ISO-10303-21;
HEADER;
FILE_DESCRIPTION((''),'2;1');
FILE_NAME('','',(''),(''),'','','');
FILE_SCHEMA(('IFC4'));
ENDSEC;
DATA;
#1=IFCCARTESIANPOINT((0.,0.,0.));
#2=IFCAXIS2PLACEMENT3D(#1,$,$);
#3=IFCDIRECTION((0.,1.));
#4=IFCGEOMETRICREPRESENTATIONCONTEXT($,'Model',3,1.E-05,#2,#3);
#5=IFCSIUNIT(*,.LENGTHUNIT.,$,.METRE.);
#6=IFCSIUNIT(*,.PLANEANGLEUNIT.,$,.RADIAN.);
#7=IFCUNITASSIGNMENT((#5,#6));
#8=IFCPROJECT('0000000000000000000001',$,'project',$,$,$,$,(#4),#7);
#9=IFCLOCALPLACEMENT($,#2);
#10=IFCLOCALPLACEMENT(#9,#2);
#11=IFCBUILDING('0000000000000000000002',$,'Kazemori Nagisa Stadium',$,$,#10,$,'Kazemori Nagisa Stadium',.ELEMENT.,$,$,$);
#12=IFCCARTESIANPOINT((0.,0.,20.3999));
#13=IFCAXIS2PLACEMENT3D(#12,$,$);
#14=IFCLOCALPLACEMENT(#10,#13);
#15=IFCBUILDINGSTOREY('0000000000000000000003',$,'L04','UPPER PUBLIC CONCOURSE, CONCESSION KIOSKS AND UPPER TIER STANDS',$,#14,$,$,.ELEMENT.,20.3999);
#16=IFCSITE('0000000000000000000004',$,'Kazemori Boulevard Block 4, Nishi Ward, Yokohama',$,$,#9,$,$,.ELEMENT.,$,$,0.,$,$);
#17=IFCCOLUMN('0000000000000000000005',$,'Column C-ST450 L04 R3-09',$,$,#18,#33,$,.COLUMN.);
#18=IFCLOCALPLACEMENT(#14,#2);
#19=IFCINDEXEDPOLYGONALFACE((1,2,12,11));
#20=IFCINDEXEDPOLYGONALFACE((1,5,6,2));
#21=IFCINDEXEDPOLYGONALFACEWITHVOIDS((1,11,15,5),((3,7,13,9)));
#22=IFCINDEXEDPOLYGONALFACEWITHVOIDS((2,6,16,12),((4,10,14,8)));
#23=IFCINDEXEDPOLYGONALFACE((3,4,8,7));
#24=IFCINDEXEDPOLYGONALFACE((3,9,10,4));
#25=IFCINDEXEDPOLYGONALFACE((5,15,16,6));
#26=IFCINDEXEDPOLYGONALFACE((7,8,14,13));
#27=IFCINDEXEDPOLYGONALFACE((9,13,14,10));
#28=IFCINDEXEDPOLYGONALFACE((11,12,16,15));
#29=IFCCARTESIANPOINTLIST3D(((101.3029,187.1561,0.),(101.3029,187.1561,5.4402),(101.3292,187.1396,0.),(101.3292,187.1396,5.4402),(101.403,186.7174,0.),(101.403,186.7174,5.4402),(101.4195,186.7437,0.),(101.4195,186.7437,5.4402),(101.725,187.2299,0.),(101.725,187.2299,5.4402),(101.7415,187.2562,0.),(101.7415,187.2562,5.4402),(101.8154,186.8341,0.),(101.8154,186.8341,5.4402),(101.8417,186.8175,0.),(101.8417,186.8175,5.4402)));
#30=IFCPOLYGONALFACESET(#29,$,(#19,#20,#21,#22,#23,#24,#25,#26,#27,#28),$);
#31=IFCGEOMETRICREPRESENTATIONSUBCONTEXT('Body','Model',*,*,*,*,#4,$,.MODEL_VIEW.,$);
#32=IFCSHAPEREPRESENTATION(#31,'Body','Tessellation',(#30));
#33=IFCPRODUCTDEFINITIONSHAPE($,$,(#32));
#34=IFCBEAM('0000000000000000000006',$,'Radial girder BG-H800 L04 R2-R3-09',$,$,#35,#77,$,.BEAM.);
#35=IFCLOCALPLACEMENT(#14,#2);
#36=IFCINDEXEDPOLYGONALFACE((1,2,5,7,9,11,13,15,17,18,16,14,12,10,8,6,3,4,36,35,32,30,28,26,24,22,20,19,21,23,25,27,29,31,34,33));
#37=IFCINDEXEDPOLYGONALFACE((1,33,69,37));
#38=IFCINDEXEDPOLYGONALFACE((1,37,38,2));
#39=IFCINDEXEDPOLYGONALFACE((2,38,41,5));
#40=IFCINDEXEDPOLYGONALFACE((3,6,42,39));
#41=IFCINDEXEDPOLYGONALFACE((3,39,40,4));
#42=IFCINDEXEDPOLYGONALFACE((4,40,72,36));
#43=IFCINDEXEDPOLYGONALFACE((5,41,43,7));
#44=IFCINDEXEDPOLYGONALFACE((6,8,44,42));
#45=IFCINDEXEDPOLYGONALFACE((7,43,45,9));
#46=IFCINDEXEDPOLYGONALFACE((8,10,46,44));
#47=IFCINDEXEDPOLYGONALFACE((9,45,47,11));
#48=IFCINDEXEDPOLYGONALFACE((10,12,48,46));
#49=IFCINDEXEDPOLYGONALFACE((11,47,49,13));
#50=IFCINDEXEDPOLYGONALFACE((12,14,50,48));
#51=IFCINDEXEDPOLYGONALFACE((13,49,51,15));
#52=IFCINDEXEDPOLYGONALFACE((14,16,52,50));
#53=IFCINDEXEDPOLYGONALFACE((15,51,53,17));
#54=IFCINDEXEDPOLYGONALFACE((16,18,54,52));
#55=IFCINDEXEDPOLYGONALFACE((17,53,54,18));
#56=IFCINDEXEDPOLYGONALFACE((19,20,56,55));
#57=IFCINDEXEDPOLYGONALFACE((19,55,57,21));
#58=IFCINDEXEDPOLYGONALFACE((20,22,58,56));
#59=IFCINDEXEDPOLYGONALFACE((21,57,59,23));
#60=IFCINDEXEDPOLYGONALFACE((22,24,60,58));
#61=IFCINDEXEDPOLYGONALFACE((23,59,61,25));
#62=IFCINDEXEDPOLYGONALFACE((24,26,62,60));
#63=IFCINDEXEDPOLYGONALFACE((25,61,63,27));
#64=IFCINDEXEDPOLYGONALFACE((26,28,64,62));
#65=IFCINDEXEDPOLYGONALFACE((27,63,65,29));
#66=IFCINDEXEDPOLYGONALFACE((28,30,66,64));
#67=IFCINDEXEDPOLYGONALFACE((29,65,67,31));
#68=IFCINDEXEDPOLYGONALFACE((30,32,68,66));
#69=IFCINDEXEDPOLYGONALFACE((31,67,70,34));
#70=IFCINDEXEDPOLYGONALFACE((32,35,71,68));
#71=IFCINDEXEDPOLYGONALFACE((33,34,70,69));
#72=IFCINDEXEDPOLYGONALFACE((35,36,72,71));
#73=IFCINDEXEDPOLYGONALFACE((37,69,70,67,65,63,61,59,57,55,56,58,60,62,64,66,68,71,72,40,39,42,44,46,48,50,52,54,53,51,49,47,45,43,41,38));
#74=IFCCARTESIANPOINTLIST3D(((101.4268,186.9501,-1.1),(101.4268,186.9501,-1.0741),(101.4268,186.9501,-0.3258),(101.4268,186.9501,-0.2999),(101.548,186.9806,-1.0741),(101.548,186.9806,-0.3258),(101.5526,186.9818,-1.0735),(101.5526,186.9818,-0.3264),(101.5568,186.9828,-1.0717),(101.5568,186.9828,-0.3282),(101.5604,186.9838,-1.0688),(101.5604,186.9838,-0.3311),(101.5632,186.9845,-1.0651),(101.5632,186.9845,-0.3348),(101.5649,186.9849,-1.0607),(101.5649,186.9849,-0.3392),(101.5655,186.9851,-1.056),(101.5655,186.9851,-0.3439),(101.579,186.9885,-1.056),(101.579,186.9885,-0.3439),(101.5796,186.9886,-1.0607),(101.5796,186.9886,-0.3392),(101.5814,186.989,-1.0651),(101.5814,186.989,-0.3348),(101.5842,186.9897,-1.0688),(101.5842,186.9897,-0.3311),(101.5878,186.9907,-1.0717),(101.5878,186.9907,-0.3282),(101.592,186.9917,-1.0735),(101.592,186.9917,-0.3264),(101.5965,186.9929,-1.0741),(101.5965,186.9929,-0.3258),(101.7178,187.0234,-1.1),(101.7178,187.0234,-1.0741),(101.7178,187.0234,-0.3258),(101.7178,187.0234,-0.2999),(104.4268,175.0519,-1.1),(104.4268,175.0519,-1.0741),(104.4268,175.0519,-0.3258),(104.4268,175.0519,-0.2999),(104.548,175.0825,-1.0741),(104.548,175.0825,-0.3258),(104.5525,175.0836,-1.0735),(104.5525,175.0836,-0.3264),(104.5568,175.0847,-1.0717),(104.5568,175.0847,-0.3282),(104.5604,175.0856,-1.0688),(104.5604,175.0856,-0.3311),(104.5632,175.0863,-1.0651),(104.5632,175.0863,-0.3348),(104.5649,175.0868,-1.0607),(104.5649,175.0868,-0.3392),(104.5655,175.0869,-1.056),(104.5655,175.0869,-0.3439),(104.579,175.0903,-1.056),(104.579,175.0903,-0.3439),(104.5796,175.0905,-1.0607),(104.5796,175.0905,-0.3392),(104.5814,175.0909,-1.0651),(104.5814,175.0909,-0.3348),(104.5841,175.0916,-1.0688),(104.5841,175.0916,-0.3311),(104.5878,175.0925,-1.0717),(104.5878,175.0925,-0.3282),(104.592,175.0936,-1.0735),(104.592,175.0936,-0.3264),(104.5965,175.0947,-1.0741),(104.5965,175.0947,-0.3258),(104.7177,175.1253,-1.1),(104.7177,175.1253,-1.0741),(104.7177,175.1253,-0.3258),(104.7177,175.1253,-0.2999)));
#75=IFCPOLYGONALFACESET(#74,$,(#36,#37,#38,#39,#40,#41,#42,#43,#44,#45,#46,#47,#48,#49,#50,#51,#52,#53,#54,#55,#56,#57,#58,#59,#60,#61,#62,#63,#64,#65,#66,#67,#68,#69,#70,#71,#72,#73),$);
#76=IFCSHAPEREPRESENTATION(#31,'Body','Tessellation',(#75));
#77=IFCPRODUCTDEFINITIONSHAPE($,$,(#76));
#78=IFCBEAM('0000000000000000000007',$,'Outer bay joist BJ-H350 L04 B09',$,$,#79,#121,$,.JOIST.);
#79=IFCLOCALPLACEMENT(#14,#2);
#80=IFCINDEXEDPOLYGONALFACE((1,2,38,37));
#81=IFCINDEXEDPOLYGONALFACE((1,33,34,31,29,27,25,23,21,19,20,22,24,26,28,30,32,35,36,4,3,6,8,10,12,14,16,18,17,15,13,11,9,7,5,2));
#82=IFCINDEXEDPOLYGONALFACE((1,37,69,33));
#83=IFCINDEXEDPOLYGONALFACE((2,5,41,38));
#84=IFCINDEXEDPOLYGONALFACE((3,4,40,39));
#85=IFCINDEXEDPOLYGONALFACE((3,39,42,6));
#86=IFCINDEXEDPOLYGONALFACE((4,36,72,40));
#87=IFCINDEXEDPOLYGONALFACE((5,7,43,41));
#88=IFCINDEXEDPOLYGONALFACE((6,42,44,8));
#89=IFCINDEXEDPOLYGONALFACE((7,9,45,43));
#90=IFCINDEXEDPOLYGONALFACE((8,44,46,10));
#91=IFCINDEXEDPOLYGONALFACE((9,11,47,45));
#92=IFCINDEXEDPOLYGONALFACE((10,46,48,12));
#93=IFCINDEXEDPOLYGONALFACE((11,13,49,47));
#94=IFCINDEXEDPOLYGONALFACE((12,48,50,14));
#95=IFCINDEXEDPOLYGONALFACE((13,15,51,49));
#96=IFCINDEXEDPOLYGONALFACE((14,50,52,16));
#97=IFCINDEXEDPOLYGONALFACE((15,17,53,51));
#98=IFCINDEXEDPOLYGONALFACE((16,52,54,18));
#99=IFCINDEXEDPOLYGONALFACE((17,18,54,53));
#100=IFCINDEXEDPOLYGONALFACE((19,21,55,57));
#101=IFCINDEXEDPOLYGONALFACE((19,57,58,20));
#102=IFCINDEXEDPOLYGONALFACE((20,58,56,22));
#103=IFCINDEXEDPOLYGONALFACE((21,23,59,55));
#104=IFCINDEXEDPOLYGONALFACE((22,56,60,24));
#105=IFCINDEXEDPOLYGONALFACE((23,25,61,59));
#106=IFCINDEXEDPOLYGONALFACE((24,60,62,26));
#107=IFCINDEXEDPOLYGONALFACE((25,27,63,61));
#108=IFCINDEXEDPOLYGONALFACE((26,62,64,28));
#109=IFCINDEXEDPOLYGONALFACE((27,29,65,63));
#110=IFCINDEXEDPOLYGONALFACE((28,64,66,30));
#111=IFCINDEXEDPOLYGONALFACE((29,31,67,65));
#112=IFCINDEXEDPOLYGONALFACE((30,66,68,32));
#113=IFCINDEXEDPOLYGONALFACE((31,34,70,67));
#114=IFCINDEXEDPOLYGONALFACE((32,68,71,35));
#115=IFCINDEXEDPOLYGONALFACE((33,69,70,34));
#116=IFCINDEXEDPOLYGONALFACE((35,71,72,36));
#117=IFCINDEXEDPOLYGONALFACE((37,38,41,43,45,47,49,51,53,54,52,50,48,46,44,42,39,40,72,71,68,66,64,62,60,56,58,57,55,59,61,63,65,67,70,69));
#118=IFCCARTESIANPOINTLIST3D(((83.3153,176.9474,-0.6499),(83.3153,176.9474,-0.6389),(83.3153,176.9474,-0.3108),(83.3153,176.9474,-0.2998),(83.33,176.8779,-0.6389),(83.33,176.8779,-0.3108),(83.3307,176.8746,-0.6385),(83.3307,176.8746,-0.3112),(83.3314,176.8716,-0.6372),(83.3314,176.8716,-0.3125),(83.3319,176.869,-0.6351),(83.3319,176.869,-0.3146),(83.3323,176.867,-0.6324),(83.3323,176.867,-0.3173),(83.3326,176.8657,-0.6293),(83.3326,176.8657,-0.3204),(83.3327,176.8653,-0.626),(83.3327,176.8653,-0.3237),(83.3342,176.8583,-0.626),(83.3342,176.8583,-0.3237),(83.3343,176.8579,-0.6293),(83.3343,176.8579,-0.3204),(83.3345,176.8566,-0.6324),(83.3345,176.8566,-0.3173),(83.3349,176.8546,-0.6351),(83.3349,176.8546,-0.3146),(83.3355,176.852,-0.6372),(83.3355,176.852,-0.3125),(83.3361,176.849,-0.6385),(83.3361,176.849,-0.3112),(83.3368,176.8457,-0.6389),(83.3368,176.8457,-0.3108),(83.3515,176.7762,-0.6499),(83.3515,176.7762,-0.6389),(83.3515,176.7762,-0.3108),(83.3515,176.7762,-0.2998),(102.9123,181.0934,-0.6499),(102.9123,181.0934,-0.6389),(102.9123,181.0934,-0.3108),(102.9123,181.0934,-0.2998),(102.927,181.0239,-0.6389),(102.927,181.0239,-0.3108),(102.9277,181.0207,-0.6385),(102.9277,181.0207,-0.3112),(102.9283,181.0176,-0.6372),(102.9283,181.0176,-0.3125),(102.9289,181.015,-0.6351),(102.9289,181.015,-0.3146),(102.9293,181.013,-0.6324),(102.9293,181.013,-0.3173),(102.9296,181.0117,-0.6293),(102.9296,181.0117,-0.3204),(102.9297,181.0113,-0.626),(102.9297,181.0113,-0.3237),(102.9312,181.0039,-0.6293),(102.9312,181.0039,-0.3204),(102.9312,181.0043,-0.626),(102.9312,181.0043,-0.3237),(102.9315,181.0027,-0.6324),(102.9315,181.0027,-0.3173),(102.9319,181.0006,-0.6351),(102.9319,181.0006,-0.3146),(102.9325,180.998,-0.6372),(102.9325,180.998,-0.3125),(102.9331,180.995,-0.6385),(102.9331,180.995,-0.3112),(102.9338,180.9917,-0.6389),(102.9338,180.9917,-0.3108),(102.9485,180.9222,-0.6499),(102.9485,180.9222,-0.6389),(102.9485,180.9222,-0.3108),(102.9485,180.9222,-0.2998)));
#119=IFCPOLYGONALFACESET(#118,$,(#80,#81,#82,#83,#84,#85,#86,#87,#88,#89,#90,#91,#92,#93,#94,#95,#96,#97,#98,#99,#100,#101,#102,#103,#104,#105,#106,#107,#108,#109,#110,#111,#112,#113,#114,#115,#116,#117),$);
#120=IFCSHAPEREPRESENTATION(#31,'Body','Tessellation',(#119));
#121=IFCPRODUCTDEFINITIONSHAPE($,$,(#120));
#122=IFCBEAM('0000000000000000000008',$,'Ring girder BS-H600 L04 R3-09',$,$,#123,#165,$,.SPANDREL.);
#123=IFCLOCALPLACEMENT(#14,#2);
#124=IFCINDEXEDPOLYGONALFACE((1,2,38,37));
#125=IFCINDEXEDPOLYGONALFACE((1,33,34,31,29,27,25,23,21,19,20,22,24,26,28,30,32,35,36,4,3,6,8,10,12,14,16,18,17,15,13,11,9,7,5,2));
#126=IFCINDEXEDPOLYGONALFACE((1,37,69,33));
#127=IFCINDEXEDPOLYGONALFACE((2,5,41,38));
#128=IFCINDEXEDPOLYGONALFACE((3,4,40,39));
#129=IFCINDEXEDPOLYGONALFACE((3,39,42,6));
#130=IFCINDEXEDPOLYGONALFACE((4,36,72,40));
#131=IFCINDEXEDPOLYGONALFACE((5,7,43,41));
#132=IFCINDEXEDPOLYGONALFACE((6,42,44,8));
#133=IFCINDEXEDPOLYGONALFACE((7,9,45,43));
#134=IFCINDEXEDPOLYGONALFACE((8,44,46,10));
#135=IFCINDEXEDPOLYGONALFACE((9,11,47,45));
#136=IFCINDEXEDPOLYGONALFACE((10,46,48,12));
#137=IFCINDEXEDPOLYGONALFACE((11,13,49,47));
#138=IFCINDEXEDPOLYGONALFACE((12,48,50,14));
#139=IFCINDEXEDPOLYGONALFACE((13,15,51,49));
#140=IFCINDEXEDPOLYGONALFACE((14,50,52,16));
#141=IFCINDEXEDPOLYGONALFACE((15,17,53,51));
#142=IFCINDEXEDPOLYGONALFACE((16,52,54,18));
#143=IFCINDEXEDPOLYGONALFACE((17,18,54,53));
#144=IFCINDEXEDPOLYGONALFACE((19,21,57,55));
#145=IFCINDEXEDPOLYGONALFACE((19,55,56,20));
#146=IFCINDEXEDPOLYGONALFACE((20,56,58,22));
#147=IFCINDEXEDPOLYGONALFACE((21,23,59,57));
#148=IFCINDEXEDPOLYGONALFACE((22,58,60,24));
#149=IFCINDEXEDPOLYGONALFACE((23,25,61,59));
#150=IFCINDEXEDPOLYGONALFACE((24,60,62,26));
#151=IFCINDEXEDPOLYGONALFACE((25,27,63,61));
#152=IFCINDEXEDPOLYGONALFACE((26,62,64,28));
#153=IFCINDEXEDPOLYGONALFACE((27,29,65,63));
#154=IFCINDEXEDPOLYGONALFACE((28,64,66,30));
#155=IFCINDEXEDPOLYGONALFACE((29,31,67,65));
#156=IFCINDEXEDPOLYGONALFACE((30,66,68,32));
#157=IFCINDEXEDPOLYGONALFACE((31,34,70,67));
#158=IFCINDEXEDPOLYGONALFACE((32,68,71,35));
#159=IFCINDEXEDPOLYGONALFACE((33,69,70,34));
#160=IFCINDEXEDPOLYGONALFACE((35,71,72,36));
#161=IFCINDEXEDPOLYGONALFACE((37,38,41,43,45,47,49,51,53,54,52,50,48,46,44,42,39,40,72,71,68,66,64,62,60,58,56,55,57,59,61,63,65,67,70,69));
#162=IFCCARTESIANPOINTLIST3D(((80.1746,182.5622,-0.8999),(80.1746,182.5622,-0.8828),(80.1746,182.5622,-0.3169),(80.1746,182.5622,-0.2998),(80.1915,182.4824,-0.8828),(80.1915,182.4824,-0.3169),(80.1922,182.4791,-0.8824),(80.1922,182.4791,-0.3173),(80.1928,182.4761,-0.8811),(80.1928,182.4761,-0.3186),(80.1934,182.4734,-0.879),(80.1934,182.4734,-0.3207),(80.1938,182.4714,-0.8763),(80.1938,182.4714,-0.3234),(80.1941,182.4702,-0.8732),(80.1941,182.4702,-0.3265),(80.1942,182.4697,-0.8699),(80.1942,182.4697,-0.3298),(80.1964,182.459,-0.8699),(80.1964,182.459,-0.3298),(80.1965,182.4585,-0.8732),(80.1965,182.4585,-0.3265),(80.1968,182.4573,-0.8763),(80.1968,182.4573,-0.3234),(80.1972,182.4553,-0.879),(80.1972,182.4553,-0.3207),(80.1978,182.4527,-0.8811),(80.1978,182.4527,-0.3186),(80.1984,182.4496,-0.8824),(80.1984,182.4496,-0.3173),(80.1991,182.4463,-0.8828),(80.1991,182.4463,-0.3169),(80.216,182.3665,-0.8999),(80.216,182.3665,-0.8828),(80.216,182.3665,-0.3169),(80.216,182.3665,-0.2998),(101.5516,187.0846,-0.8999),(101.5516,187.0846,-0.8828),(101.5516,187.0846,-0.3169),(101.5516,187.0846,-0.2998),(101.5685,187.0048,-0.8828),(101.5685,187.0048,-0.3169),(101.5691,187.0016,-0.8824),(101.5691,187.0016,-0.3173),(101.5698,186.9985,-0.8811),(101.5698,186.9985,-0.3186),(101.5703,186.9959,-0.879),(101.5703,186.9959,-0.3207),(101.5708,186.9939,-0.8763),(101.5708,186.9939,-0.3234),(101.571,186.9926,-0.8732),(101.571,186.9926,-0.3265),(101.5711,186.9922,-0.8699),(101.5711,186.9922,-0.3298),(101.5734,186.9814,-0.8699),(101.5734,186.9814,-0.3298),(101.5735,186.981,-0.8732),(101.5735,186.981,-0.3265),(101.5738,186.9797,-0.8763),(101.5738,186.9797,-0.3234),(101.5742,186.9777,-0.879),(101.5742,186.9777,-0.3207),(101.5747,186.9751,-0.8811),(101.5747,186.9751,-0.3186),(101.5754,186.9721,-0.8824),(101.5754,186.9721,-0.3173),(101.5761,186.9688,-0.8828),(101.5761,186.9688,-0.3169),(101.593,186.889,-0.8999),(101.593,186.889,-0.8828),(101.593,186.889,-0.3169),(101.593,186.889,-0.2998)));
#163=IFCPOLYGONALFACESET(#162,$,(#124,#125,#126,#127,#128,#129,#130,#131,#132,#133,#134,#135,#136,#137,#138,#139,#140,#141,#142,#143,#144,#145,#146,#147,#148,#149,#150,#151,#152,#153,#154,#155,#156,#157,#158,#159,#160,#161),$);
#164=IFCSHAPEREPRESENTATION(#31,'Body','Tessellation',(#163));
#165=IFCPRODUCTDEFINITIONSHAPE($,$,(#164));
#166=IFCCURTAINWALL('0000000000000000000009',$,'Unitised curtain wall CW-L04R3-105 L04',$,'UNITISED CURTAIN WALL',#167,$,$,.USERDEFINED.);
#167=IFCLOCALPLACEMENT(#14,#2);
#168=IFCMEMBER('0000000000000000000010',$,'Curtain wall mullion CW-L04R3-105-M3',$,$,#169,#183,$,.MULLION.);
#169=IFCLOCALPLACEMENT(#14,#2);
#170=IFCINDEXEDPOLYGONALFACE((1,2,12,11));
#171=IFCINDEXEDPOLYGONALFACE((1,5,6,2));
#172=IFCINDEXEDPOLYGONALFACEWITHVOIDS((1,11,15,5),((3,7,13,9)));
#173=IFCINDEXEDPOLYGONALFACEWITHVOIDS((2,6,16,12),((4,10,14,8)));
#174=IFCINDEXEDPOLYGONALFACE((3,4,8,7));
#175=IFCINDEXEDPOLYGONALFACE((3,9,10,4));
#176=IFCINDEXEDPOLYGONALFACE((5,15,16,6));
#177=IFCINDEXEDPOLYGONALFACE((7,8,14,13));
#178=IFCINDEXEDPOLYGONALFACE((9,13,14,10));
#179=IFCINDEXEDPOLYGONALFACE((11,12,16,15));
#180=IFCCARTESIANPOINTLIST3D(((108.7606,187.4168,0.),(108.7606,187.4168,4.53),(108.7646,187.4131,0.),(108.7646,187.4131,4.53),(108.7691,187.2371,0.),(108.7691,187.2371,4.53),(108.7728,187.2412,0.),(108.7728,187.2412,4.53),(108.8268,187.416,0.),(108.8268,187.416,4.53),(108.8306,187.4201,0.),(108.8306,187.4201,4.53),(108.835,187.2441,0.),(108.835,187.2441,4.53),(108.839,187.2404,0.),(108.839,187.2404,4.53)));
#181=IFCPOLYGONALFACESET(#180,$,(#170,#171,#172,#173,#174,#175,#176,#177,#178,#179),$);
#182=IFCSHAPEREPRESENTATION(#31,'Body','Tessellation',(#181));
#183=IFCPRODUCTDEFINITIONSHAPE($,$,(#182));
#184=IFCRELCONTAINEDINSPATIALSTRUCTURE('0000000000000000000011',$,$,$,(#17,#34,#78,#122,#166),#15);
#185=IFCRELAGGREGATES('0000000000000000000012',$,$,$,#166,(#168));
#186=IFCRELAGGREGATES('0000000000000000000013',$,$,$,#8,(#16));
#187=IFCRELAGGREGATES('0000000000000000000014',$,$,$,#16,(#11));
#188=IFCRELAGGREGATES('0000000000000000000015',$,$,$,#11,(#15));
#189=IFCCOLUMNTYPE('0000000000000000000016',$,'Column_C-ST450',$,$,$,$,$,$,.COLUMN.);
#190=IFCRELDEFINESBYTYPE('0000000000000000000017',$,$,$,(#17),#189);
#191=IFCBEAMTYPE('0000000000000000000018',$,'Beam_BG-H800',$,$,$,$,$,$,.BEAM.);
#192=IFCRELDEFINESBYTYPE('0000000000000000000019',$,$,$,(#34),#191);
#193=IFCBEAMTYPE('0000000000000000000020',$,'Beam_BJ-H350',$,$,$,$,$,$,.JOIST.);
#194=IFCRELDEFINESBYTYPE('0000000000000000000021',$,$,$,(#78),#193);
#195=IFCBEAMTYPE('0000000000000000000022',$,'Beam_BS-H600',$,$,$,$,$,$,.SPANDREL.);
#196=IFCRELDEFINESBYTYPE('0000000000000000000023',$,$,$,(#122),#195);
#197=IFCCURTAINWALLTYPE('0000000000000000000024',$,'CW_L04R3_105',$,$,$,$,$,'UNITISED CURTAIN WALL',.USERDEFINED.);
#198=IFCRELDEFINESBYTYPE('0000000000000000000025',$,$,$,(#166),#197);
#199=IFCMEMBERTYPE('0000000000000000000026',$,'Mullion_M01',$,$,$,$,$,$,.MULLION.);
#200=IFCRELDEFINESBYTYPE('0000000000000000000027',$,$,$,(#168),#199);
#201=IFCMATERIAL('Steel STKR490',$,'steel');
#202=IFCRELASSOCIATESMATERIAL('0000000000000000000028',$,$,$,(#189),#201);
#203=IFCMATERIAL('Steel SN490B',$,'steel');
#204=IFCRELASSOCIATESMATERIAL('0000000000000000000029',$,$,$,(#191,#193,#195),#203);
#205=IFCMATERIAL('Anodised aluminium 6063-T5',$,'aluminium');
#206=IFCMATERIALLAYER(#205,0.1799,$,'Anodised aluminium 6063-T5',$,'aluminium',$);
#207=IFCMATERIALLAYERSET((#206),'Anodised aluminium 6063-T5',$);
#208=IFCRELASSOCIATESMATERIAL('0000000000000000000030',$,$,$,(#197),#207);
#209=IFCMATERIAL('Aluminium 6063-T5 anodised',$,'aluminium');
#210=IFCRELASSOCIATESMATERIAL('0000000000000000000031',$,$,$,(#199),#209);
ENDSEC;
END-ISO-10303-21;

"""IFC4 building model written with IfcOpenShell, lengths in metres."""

from ifc_helpers import new_model, si_unit, direction, frame, origin, origin_2d, place, context, subcontext, project, spatial, hollow_rectangle, i_section, extrude, material, layer, layer_set, material_profile, profile_set, type_object, element, aggregate, save


model = new_model("IFC4")

# Units and contexts
model_context = context("Model", 3, precision=1e-05, world=origin(), true_north=direction((0.0, 1.0)))
body_context = subcontext(model_context, "Body", "Model", "MODEL_VIEW")
ifc_project = project(units=[si_unit("LENGTHUNIT", "METRE"), si_unit("PLANEANGLEUNIT", "RADIAN")], contexts=[model_context])

# Site, building, storey
site_placement = place(None, origin())
site = spatial("IfcSite", under=ifc_project, at=site_placement, Name="Kazemori Boulevard Block 4, Nishi Ward, Yokohama", CompositionType="ELEMENT", RefElevation=0.0)
building_placement = place(site_placement, origin())
building = spatial("IfcBuilding", under=site, at=building_placement, Name="Kazemori Nagisa Stadium", LongName="Kazemori Nagisa Stadium", CompositionType="ELEMENT")
storey_placement = place(building_placement, frame((0.0, 0.0, 20.3999)))
storey = spatial("IfcBuildingStorey", under=building, at=storey_placement, Name="L04", Description="UPPER PUBLIC CONCOURSE, CONCESSION KIOSKS AND UPPER TIER STANDS", CompositionType="ELEMENT", Elevation=20.3999)

# Column
ifc_material_1 = material(Name="Steel STKR490", Category="steel")
ifc_material_profile_1 = material_profile(ifc_material_1, hollow_rectangle(XDim=0.45, YDim=0.45, WallThickness=0.022, at=origin_2d()), Name="SHS-450x450x22")
ifc_profile_set_1 = profile_set([ifc_material_profile_1], Name="Steel STKR490")
column_type = type_object("IfcColumnType", Name="Column_C-ST450", PredefinedType="COLUMN", material=ifc_profile_set_1)
column_placement = place(storey_placement, frame((101.5723, 186.9868, 0.0), z_axis=(0.0, 0.0, 1.0), x_axis=(-0.222521, 0.974928, 0.0)))
element("IfcColumn", 1, at=column_placement, inside=storey, type_object=column_type, Name="Column C-ST450 L04 R3-09", PredefinedType="COLUMN", context=body_context, shape_type="SweptSolid", body=[
    extrude(hollow_rectangle(XDim=0.45, YDim=0.45, WallThickness=0.022, at=origin_2d()), origin(), (0.0, 0.0, 1.0), 5.4402),
])

# Beams
ifc_material_2 = material(Name="Steel SN490B", Category="steel")
ifc_material_profile_2 = material_profile(ifc_material_2, i_section(OverallWidth=0.3, OverallDepth=0.8, WebThickness=0.0139, FlangeThickness=0.0259, FilletRadius=0.0181, at=origin_2d()), Name="H-800x300x14x26")
ifc_profile_set_2 = profile_set([ifc_material_profile_2], Name="Steel SN490B")
beam_type_1 = type_object("IfcBeamType", Name="Beam_BG-H800", PredefinedType="BEAM", material=ifc_profile_set_2)
beam_1_placement = place(storey_placement, frame((104.5723, 175.0886, -0.7), z_axis=(-0.244487, 0.969652, 0.0), x_axis=(-0.969652, -0.244487, 0.0)))
element("IfcBeam", 2, at=beam_1_placement, inside=storey, type_object=beam_type_1, Name="Radial girder BG-H800 L04 R2-R3-09", PredefinedType="BEAM", context=body_context, shape_type="SweptSolid", body=[
    extrude(i_section(OverallWidth=0.3, OverallDepth=0.8, WebThickness=0.0139, FlangeThickness=0.0259, FilletRadius=0.0181, at=origin_2d()), origin(), (0.0, 0.0, 1.0), 12.2705),
])
ifc_material_profile_3 = material_profile(ifc_material_2, i_section(OverallWidth=0.175, OverallDepth=0.3501, WebThickness=0.0071, FlangeThickness=0.011, FilletRadius=0.0129, at=origin_2d()), Name="H-350x175x7x11")
ifc_profile_set_3 = profile_set([ifc_material_profile_3], Name="Steel SN490B")
beam_type_2 = type_object("IfcBeamType", Name="Beam_BJ-H350", PredefinedType="JOIST", material=ifc_profile_set_3)
beam_2_placement = place(storey_placement, frame((102.9304, 181.0078, -0.4749), z_axis=(-0.978345, -0.206982, 0.0), x_axis=(0.206982, -0.978345, 0.0)))
element("IfcBeam", 3, at=beam_2_placement, inside=storey, type_object=beam_type_2, Name="Outer bay joist BJ-H350 L04 B09", PredefinedType="JOIST", context=body_context, shape_type="SweptSolid", body=[
    extrude(i_section(OverallWidth=0.175, OverallDepth=0.3501, WebThickness=0.0071, FlangeThickness=0.011, FilletRadius=0.0129, at=origin_2d()), origin(), (0.0, 0.0, 1.0), 20.0308),
])
ifc_material_profile_4 = material_profile(ifc_material_2, i_section(OverallWidth=0.2, OverallDepth=0.6001, WebThickness=0.011, FlangeThickness=0.0171, FilletRadius=0.0129, at=origin_2d()), Name="H-600x200x11x17")
ifc_profile_set_4 = profile_set([ifc_material_profile_4], Name="Steel SN490B")
beam_type_3 = type_object("IfcBeamType", Name="Beam_BS-H600", PredefinedType="SPANDREL", material=ifc_profile_set_4)
beam_3_placement = place(storey_placement, frame((101.5723, 186.9868, -0.5999), z_axis=(-0.978346, -0.206977, 0.0), x_axis=(0.206977, -0.978346, 0.0)))
element("IfcBeam", 4, at=beam_3_placement, inside=storey, type_object=beam_type_3, Name="Ring girder BS-H600 L04 R3-09", PredefinedType="SPANDREL", context=body_context, shape_type="SweptSolid", body=[
    extrude(i_section(OverallWidth=0.2, OverallDepth=0.6001, WebThickness=0.011, FlangeThickness=0.0171, FilletRadius=0.0129, at=origin_2d()), origin(), (0.0, 0.0, 1.0), 21.8501),
])

# Curtain wall, member
ifc_material_3 = material(Name="Anodised aluminium 6063-T5", Category="aluminium")
ifc_layer_1 = layer(ifc_material_3, 0.1799, Name="Anodised aluminium 6063-T5", Category="aluminium")
ifc_layer_set_1 = layer_set([ifc_layer_1], Name="Anodised aluminium 6063-T5")
curtain_wall_type_1 = type_object("IfcCurtainWallType", Name="CW_L04R3_105", ElementType="UNITISED CURTAIN WALL", PredefinedType="USERDEFINED", material=ifc_layer_set_1)
curtain_wall_1_placement = place(storey_placement, origin())
curtain_wall_1 = element("IfcCurtainWall", 5, at=curtain_wall_1_placement, inside=storey, type_object=curtain_wall_type_1, Name="Unitised curtain wall CW-L04R3-105 L04", ObjectType="UNITISED CURTAIN WALL", PredefinedType="USERDEFINED")
ifc_material_4 = material(Name="Aluminium 6063-T5 anodised", Category="aluminium")
ifc_material_profile_5 = material_profile(ifc_material_4, hollow_rectangle(XDim=0.0701, YDim=0.1799, WallThickness=0.0039, at=origin_2d()), Name="ALU-MULL-70x180x4")
ifc_profile_set_5 = profile_set([ifc_material_profile_5], Name="Aluminium 6063-T5 anodised")
member_type_1 = type_object("IfcMemberType", Name="Mullion_M01", PredefinedType="MULLION", material=ifc_profile_set_5)
member_1_placement = place(storey_placement, frame((108.7998, 187.3286, 0.0), z_axis=(0.0, 0.0, 1.0), x_axis=(-0.998884, -0.04723, 0.0)))
member_1 = element("IfcMember", 6, at=member_1_placement, type_object=member_type_1, Name="Curtain wall mullion CW-L04R3-105-M3", PredefinedType="MULLION", context=body_context, shape_type="SweptSolid", body=[
    extrude(hollow_rectangle(XDim=0.0701, YDim=0.1799, WallThickness=0.0039, at=origin_2d()), origin(), (0.0, 0.0, 1.0), 4.53),
])

aggregate(curtain_wall_1, [member_1])

save(model, "model.ifc")
